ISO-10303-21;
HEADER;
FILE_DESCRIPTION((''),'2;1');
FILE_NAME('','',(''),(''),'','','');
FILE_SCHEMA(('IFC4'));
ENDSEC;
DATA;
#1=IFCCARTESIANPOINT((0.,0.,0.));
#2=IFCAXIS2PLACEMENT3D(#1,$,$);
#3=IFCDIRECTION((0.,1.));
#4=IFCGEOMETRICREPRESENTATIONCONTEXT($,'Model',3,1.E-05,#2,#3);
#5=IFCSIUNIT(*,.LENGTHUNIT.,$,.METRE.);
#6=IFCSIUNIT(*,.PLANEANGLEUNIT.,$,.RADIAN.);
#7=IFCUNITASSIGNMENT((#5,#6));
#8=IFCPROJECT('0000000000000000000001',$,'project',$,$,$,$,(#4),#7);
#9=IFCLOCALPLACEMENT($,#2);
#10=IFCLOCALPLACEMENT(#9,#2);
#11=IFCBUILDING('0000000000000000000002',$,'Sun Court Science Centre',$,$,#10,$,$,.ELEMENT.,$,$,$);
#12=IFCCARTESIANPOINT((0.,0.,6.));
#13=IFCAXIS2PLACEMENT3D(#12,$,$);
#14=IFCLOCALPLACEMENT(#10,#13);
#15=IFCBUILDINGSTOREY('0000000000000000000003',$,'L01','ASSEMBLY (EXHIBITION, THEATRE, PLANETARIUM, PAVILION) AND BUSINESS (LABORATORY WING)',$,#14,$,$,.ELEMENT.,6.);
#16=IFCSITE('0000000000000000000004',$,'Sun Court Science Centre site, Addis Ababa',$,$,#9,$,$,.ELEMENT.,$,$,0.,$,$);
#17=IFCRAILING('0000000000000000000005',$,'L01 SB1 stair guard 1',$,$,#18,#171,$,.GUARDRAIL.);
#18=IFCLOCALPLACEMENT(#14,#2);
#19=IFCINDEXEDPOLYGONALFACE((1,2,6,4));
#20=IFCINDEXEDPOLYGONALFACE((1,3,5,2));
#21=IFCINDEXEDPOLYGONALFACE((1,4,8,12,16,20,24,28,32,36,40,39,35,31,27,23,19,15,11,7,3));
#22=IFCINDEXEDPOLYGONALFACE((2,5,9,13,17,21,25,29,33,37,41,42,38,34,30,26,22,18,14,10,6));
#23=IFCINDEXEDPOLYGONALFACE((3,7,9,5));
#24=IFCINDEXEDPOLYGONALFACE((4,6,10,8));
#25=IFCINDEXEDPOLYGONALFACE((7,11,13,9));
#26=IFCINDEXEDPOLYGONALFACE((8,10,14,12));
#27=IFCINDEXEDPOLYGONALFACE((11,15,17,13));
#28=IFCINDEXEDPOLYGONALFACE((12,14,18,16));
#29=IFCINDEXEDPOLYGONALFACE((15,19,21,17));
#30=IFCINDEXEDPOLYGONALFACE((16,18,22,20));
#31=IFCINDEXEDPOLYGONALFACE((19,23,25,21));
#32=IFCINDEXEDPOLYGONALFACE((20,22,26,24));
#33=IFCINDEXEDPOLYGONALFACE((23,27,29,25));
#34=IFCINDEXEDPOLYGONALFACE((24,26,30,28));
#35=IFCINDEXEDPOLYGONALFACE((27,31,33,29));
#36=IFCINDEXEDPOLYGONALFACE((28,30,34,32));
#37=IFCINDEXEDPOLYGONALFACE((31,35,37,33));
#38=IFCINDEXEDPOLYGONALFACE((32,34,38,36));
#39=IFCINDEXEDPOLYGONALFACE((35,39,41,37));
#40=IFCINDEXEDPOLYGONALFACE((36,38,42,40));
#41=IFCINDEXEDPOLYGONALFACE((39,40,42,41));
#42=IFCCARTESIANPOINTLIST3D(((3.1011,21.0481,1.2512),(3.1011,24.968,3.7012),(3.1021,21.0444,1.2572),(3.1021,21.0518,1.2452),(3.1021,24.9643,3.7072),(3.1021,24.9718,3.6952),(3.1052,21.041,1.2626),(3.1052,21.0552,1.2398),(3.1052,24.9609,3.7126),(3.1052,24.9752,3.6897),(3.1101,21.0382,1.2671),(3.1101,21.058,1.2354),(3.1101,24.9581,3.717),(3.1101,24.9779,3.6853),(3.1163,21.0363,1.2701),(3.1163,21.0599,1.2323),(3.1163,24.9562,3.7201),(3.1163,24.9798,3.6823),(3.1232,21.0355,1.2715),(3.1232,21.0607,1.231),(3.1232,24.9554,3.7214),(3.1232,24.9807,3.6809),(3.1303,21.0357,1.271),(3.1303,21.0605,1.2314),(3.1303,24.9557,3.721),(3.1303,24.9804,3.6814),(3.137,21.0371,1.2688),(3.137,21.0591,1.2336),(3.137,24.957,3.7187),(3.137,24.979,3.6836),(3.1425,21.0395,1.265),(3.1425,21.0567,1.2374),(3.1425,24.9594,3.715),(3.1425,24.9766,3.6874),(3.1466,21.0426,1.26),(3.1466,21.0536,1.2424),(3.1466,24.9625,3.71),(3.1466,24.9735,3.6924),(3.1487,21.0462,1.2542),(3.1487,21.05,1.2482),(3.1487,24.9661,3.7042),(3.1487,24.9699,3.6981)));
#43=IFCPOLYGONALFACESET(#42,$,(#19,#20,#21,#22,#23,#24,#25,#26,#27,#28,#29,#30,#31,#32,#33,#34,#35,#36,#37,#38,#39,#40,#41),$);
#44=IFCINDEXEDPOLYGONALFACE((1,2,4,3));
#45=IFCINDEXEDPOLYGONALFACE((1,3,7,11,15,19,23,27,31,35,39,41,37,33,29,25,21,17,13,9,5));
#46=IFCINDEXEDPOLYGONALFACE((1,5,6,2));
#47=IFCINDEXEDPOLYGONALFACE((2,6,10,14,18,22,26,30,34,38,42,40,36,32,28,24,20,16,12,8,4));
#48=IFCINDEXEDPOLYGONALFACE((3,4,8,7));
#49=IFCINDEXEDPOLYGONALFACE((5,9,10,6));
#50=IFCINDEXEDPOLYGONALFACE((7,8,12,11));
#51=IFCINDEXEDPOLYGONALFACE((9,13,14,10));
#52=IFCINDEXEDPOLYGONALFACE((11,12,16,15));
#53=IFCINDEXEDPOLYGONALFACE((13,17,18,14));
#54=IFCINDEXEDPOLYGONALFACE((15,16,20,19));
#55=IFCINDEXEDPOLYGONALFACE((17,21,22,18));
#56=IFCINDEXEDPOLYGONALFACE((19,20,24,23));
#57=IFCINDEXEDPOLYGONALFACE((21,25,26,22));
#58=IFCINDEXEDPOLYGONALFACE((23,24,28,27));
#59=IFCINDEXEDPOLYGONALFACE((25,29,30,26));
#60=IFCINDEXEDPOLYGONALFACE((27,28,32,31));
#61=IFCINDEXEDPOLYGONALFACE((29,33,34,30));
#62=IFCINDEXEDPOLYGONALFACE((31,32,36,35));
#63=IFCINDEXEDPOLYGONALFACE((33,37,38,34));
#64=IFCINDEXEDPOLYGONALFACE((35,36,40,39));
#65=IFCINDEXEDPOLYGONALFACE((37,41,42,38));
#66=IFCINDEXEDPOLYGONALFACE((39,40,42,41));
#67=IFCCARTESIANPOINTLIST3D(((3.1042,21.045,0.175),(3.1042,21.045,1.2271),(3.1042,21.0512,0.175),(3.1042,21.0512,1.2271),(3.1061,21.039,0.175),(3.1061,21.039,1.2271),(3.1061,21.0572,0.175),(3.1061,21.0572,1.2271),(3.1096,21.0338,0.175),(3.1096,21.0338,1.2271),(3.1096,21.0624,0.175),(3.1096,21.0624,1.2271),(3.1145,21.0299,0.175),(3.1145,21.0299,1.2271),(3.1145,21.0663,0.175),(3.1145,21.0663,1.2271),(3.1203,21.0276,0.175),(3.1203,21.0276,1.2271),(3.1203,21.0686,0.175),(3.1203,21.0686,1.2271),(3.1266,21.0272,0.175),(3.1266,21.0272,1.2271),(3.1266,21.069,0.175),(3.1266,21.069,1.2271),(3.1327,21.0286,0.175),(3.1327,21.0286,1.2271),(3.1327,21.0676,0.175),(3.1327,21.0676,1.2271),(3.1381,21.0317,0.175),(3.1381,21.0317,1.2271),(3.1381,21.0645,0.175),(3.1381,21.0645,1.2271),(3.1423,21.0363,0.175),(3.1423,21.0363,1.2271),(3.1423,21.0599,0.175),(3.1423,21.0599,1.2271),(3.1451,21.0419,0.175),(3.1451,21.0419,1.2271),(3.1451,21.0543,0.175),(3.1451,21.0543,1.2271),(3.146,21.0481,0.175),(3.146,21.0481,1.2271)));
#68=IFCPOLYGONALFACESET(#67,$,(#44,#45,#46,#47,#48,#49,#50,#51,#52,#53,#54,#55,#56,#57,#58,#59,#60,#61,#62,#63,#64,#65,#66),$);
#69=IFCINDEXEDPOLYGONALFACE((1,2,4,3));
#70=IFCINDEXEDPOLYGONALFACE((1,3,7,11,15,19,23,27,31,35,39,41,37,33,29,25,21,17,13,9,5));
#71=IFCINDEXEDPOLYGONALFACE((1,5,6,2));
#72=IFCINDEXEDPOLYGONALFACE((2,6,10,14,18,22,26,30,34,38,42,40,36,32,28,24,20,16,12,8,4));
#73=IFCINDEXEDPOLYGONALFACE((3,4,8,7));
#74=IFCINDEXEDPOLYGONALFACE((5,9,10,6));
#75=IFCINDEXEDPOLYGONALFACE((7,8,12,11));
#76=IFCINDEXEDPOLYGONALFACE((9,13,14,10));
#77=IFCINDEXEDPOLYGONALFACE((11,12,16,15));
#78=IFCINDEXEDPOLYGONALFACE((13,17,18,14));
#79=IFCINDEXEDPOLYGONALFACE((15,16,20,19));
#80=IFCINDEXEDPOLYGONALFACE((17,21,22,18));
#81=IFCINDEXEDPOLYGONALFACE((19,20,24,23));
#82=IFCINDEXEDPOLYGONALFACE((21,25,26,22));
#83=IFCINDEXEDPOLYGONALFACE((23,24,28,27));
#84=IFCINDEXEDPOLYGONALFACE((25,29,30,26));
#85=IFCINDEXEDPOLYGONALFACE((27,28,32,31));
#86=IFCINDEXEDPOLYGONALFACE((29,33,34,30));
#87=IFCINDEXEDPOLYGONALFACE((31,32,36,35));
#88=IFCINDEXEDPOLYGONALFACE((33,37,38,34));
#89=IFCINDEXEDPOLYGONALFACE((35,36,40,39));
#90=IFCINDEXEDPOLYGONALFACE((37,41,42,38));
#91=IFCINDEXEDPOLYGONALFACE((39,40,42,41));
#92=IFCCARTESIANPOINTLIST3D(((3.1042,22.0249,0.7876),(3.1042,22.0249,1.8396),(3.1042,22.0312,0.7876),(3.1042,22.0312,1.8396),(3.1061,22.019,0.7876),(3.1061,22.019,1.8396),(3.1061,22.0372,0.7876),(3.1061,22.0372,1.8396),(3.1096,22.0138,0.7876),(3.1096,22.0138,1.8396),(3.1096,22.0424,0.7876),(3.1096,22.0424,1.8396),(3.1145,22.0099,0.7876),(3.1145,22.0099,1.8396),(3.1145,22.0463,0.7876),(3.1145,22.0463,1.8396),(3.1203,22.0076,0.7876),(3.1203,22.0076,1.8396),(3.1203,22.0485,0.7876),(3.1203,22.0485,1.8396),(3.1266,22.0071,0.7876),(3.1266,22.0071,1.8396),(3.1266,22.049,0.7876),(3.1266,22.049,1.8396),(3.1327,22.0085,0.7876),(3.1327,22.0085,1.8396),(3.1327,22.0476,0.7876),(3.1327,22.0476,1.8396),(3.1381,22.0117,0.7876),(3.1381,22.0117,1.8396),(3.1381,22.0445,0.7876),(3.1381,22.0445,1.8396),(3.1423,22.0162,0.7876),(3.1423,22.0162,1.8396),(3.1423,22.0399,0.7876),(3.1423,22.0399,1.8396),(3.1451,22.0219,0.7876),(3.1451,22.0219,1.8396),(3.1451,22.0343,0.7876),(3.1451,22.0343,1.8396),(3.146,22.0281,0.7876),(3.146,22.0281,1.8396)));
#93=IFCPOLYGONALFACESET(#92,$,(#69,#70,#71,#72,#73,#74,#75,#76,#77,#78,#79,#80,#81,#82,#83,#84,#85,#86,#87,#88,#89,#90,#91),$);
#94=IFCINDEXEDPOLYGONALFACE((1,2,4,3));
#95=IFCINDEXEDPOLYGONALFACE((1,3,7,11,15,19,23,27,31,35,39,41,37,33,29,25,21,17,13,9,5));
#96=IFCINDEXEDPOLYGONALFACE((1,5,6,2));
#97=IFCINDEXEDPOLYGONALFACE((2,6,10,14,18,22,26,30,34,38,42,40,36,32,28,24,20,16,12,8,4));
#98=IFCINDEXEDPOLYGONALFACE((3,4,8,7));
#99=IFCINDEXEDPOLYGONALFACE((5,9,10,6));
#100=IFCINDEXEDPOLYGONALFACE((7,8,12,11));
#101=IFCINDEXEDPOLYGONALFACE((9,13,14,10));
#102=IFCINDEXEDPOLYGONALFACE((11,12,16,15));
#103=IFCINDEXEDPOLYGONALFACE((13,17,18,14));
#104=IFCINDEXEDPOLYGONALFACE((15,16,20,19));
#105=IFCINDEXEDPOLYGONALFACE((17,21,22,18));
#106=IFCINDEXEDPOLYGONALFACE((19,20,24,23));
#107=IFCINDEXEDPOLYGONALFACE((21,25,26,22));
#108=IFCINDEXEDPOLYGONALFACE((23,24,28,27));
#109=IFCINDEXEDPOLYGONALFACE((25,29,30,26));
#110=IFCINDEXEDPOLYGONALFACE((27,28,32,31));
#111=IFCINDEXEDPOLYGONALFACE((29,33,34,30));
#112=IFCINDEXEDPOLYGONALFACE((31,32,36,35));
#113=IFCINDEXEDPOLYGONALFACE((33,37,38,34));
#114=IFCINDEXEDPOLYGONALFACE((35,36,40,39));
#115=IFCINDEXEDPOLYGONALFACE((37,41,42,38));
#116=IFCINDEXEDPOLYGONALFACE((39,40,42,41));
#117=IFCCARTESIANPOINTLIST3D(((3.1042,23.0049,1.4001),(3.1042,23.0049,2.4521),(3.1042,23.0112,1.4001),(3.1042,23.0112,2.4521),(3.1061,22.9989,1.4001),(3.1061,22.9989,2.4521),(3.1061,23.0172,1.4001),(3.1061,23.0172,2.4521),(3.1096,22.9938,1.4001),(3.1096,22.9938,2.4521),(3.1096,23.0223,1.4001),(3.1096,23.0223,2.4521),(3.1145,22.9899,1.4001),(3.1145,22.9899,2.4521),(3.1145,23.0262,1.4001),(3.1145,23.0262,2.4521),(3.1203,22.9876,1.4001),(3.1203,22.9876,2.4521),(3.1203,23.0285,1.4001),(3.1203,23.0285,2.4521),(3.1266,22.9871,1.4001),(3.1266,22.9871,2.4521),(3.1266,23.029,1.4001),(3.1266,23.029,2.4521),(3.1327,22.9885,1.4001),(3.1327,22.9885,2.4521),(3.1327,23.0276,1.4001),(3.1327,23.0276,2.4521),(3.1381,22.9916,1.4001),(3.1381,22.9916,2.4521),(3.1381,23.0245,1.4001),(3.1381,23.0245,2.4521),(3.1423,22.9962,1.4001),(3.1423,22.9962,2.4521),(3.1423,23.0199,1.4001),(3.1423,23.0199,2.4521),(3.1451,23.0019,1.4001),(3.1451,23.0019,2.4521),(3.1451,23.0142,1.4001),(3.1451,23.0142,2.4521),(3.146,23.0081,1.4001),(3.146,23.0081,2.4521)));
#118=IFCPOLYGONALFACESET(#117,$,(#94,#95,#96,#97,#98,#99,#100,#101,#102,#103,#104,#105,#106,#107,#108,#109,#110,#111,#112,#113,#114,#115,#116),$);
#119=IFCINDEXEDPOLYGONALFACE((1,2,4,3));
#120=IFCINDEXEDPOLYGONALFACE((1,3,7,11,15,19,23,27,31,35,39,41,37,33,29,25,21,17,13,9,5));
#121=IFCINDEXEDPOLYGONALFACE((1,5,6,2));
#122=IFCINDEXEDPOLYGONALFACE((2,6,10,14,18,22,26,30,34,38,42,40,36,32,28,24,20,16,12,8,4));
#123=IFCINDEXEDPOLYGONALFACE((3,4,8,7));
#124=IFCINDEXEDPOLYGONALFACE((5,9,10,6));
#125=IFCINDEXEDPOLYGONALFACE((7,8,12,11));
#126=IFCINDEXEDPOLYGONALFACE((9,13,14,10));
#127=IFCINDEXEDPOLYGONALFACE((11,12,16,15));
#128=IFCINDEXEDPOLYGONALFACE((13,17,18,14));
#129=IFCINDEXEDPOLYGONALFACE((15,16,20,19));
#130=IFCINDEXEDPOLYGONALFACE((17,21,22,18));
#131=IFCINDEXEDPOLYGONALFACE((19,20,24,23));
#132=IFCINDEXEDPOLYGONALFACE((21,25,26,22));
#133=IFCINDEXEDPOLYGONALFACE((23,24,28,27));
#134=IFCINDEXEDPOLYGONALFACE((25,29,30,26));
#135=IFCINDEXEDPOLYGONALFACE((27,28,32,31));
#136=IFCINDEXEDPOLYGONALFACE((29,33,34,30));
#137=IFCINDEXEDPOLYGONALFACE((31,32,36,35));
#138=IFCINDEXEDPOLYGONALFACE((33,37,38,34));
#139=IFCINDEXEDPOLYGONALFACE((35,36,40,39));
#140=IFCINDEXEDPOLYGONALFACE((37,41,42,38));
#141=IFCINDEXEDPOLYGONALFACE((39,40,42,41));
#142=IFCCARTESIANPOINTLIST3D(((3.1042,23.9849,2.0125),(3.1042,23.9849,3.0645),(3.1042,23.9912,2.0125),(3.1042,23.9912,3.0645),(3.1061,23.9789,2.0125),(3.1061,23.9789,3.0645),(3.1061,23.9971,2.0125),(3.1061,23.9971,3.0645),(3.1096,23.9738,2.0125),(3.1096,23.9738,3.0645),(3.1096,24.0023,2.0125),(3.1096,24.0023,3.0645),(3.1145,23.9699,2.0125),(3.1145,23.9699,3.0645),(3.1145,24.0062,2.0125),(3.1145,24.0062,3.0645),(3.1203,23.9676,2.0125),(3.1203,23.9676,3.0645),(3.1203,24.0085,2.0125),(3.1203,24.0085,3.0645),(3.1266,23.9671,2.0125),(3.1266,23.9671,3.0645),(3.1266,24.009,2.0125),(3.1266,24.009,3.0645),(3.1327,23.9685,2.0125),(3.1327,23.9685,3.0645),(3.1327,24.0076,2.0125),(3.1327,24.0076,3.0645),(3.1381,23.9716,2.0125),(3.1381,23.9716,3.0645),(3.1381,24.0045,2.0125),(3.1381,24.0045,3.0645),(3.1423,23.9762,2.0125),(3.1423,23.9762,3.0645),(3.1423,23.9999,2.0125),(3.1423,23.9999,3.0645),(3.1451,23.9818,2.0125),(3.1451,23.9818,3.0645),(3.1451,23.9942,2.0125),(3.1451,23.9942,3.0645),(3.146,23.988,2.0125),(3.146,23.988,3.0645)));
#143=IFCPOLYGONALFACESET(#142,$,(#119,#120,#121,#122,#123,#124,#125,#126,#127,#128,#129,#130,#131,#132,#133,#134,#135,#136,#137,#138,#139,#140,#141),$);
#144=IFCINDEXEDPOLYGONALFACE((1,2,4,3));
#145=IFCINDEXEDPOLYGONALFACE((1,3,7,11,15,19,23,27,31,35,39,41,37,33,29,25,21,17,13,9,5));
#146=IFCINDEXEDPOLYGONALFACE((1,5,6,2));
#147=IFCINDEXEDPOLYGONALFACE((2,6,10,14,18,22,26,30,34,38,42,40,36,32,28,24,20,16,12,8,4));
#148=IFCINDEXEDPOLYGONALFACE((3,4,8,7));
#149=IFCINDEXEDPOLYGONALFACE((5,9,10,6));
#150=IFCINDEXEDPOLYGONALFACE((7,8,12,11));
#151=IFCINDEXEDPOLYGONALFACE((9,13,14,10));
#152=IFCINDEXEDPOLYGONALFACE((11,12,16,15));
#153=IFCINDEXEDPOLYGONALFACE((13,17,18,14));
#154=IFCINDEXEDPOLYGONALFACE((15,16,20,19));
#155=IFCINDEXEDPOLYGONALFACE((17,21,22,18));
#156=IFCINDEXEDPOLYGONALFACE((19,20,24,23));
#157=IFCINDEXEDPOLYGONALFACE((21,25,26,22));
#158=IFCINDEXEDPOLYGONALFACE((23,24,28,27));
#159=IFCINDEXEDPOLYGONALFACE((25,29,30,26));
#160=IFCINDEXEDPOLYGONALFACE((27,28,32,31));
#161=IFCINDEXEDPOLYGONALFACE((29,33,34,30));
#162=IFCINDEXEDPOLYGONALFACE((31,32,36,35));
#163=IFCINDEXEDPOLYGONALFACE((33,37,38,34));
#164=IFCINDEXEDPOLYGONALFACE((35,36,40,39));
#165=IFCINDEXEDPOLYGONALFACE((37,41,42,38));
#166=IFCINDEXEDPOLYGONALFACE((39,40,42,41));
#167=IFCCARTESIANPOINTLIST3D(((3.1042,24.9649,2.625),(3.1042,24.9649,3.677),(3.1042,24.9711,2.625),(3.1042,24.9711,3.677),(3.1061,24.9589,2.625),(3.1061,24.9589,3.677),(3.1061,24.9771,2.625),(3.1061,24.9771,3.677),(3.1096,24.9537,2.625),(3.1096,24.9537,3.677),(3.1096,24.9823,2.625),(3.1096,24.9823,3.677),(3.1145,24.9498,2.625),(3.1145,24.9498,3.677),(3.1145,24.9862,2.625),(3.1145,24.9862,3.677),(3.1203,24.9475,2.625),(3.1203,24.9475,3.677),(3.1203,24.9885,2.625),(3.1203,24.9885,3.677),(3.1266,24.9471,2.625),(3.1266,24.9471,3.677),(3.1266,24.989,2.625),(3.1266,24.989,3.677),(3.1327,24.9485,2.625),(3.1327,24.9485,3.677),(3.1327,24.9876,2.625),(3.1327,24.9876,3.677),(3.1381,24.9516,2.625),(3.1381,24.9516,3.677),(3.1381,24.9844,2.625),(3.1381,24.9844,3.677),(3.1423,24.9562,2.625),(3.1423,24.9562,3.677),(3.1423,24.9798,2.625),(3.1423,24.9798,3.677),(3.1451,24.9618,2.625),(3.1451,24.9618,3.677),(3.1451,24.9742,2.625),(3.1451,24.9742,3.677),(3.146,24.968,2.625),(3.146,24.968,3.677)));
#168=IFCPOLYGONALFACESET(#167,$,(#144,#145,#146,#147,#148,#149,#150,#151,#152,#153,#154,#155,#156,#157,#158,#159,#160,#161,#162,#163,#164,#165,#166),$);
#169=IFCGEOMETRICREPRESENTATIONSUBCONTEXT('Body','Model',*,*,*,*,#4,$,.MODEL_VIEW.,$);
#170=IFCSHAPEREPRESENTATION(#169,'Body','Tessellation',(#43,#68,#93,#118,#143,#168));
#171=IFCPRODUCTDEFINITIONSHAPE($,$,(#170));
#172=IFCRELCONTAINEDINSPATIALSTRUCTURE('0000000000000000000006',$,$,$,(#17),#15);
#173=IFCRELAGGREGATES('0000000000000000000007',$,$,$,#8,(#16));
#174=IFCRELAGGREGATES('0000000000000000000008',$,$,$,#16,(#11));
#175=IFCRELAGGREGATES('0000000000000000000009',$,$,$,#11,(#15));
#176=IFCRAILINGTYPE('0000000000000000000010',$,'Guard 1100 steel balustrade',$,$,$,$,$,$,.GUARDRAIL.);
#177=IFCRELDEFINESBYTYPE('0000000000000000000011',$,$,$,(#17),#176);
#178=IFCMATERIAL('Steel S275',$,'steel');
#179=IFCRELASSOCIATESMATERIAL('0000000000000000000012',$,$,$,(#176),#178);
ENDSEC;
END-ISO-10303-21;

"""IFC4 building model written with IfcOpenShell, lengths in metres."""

from ifc_helpers import new_model, si_unit, direction, frame, origin, origin_2d, place, context, subcontext, project, spatial, circle, extrude, material, type_object, element, save


model = new_model("IFC4")

# Units and contexts
model_context = context("Model", 3, precision=1e-05, world=origin(), true_north=direction((0.0, 1.0)))
body_context = subcontext(model_context, "Body", "Model", "MODEL_VIEW")
ifc_project = project(units=[si_unit("LENGTHUNIT", "METRE"), si_unit("PLANEANGLEUNIT", "RADIAN")], contexts=[model_context])

# Site, building, storey
site_placement = place(None, origin())
site = spatial("IfcSite", under=ifc_project, at=site_placement, Name="Sun Court Science Centre site, Addis Ababa", CompositionType="ELEMENT", RefElevation=0.0)
building_placement = place(site_placement, origin())
building = spatial("IfcBuilding", under=site, at=building_placement, Name="Sun Court Science Centre", CompositionType="ELEMENT")
storey_placement = place(building_placement, frame((0.0, 0.0, 6.0)))
storey = spatial("IfcBuildingStorey", under=building, at=storey_placement, Name="L01", Description="ASSEMBLY (EXHIBITION, THEATRE, PLANETARIUM, PAVILION) AND BUSINESS (LABORATORY WING)", CompositionType="ELEMENT", Elevation=6.0)

# Railing
ifc_material_1 = material(Name="Steel S275", Category="steel")
railing_type_1 = type_object("IfcRailingType", Name="Guard 1100 steel balustrade", PredefinedType="GUARDRAIL", material=ifc_material_1)
railing_1_placement = place(storey_placement, frame((3.125, 21.0481, 0.175)))
element("IfcRailing", 1, at=railing_1_placement, inside=storey, type_object=railing_type_1, Name="L01 SB1 stair guard 1", PredefinedType="GUARDRAIL", context=body_context, shape_type="SweptSolid", body=[
    extrude(circle(Radius=0.0239, at=origin_2d()), frame((0.0, 0.0, 1.0762), z_axis=(0.0, 0.847998, 0.529999), x_axis=(-1.0, 0.0, 0.0)), (0.0, 0.0, 1.0), 4.6226),
    extrude(circle(Radius=0.021, at=origin_2d()), origin(), (0.0, 0.0, 1.0), 1.052),
    extrude(circle(Radius=0.021, at=origin_2d()), frame((0.0, 0.98, 0.6125)), (0.0, 0.0, 1.0), 1.052),
    extrude(circle(Radius=0.021, at=origin_2d()), frame((0.0, 1.96, 1.2251)), (0.0, 0.0, 1.0), 1.052),
    extrude(circle(Radius=0.021, at=origin_2d()), frame((0.0, 2.9399, 1.8374)), (0.0, 0.0, 1.0), 1.052),
    extrude(circle(Radius=0.021, at=origin_2d()), frame((0.0, 3.9199, 2.45)), (0.0, 0.0, 1.0), 1.052),
])

save(model, "model.ifc")
